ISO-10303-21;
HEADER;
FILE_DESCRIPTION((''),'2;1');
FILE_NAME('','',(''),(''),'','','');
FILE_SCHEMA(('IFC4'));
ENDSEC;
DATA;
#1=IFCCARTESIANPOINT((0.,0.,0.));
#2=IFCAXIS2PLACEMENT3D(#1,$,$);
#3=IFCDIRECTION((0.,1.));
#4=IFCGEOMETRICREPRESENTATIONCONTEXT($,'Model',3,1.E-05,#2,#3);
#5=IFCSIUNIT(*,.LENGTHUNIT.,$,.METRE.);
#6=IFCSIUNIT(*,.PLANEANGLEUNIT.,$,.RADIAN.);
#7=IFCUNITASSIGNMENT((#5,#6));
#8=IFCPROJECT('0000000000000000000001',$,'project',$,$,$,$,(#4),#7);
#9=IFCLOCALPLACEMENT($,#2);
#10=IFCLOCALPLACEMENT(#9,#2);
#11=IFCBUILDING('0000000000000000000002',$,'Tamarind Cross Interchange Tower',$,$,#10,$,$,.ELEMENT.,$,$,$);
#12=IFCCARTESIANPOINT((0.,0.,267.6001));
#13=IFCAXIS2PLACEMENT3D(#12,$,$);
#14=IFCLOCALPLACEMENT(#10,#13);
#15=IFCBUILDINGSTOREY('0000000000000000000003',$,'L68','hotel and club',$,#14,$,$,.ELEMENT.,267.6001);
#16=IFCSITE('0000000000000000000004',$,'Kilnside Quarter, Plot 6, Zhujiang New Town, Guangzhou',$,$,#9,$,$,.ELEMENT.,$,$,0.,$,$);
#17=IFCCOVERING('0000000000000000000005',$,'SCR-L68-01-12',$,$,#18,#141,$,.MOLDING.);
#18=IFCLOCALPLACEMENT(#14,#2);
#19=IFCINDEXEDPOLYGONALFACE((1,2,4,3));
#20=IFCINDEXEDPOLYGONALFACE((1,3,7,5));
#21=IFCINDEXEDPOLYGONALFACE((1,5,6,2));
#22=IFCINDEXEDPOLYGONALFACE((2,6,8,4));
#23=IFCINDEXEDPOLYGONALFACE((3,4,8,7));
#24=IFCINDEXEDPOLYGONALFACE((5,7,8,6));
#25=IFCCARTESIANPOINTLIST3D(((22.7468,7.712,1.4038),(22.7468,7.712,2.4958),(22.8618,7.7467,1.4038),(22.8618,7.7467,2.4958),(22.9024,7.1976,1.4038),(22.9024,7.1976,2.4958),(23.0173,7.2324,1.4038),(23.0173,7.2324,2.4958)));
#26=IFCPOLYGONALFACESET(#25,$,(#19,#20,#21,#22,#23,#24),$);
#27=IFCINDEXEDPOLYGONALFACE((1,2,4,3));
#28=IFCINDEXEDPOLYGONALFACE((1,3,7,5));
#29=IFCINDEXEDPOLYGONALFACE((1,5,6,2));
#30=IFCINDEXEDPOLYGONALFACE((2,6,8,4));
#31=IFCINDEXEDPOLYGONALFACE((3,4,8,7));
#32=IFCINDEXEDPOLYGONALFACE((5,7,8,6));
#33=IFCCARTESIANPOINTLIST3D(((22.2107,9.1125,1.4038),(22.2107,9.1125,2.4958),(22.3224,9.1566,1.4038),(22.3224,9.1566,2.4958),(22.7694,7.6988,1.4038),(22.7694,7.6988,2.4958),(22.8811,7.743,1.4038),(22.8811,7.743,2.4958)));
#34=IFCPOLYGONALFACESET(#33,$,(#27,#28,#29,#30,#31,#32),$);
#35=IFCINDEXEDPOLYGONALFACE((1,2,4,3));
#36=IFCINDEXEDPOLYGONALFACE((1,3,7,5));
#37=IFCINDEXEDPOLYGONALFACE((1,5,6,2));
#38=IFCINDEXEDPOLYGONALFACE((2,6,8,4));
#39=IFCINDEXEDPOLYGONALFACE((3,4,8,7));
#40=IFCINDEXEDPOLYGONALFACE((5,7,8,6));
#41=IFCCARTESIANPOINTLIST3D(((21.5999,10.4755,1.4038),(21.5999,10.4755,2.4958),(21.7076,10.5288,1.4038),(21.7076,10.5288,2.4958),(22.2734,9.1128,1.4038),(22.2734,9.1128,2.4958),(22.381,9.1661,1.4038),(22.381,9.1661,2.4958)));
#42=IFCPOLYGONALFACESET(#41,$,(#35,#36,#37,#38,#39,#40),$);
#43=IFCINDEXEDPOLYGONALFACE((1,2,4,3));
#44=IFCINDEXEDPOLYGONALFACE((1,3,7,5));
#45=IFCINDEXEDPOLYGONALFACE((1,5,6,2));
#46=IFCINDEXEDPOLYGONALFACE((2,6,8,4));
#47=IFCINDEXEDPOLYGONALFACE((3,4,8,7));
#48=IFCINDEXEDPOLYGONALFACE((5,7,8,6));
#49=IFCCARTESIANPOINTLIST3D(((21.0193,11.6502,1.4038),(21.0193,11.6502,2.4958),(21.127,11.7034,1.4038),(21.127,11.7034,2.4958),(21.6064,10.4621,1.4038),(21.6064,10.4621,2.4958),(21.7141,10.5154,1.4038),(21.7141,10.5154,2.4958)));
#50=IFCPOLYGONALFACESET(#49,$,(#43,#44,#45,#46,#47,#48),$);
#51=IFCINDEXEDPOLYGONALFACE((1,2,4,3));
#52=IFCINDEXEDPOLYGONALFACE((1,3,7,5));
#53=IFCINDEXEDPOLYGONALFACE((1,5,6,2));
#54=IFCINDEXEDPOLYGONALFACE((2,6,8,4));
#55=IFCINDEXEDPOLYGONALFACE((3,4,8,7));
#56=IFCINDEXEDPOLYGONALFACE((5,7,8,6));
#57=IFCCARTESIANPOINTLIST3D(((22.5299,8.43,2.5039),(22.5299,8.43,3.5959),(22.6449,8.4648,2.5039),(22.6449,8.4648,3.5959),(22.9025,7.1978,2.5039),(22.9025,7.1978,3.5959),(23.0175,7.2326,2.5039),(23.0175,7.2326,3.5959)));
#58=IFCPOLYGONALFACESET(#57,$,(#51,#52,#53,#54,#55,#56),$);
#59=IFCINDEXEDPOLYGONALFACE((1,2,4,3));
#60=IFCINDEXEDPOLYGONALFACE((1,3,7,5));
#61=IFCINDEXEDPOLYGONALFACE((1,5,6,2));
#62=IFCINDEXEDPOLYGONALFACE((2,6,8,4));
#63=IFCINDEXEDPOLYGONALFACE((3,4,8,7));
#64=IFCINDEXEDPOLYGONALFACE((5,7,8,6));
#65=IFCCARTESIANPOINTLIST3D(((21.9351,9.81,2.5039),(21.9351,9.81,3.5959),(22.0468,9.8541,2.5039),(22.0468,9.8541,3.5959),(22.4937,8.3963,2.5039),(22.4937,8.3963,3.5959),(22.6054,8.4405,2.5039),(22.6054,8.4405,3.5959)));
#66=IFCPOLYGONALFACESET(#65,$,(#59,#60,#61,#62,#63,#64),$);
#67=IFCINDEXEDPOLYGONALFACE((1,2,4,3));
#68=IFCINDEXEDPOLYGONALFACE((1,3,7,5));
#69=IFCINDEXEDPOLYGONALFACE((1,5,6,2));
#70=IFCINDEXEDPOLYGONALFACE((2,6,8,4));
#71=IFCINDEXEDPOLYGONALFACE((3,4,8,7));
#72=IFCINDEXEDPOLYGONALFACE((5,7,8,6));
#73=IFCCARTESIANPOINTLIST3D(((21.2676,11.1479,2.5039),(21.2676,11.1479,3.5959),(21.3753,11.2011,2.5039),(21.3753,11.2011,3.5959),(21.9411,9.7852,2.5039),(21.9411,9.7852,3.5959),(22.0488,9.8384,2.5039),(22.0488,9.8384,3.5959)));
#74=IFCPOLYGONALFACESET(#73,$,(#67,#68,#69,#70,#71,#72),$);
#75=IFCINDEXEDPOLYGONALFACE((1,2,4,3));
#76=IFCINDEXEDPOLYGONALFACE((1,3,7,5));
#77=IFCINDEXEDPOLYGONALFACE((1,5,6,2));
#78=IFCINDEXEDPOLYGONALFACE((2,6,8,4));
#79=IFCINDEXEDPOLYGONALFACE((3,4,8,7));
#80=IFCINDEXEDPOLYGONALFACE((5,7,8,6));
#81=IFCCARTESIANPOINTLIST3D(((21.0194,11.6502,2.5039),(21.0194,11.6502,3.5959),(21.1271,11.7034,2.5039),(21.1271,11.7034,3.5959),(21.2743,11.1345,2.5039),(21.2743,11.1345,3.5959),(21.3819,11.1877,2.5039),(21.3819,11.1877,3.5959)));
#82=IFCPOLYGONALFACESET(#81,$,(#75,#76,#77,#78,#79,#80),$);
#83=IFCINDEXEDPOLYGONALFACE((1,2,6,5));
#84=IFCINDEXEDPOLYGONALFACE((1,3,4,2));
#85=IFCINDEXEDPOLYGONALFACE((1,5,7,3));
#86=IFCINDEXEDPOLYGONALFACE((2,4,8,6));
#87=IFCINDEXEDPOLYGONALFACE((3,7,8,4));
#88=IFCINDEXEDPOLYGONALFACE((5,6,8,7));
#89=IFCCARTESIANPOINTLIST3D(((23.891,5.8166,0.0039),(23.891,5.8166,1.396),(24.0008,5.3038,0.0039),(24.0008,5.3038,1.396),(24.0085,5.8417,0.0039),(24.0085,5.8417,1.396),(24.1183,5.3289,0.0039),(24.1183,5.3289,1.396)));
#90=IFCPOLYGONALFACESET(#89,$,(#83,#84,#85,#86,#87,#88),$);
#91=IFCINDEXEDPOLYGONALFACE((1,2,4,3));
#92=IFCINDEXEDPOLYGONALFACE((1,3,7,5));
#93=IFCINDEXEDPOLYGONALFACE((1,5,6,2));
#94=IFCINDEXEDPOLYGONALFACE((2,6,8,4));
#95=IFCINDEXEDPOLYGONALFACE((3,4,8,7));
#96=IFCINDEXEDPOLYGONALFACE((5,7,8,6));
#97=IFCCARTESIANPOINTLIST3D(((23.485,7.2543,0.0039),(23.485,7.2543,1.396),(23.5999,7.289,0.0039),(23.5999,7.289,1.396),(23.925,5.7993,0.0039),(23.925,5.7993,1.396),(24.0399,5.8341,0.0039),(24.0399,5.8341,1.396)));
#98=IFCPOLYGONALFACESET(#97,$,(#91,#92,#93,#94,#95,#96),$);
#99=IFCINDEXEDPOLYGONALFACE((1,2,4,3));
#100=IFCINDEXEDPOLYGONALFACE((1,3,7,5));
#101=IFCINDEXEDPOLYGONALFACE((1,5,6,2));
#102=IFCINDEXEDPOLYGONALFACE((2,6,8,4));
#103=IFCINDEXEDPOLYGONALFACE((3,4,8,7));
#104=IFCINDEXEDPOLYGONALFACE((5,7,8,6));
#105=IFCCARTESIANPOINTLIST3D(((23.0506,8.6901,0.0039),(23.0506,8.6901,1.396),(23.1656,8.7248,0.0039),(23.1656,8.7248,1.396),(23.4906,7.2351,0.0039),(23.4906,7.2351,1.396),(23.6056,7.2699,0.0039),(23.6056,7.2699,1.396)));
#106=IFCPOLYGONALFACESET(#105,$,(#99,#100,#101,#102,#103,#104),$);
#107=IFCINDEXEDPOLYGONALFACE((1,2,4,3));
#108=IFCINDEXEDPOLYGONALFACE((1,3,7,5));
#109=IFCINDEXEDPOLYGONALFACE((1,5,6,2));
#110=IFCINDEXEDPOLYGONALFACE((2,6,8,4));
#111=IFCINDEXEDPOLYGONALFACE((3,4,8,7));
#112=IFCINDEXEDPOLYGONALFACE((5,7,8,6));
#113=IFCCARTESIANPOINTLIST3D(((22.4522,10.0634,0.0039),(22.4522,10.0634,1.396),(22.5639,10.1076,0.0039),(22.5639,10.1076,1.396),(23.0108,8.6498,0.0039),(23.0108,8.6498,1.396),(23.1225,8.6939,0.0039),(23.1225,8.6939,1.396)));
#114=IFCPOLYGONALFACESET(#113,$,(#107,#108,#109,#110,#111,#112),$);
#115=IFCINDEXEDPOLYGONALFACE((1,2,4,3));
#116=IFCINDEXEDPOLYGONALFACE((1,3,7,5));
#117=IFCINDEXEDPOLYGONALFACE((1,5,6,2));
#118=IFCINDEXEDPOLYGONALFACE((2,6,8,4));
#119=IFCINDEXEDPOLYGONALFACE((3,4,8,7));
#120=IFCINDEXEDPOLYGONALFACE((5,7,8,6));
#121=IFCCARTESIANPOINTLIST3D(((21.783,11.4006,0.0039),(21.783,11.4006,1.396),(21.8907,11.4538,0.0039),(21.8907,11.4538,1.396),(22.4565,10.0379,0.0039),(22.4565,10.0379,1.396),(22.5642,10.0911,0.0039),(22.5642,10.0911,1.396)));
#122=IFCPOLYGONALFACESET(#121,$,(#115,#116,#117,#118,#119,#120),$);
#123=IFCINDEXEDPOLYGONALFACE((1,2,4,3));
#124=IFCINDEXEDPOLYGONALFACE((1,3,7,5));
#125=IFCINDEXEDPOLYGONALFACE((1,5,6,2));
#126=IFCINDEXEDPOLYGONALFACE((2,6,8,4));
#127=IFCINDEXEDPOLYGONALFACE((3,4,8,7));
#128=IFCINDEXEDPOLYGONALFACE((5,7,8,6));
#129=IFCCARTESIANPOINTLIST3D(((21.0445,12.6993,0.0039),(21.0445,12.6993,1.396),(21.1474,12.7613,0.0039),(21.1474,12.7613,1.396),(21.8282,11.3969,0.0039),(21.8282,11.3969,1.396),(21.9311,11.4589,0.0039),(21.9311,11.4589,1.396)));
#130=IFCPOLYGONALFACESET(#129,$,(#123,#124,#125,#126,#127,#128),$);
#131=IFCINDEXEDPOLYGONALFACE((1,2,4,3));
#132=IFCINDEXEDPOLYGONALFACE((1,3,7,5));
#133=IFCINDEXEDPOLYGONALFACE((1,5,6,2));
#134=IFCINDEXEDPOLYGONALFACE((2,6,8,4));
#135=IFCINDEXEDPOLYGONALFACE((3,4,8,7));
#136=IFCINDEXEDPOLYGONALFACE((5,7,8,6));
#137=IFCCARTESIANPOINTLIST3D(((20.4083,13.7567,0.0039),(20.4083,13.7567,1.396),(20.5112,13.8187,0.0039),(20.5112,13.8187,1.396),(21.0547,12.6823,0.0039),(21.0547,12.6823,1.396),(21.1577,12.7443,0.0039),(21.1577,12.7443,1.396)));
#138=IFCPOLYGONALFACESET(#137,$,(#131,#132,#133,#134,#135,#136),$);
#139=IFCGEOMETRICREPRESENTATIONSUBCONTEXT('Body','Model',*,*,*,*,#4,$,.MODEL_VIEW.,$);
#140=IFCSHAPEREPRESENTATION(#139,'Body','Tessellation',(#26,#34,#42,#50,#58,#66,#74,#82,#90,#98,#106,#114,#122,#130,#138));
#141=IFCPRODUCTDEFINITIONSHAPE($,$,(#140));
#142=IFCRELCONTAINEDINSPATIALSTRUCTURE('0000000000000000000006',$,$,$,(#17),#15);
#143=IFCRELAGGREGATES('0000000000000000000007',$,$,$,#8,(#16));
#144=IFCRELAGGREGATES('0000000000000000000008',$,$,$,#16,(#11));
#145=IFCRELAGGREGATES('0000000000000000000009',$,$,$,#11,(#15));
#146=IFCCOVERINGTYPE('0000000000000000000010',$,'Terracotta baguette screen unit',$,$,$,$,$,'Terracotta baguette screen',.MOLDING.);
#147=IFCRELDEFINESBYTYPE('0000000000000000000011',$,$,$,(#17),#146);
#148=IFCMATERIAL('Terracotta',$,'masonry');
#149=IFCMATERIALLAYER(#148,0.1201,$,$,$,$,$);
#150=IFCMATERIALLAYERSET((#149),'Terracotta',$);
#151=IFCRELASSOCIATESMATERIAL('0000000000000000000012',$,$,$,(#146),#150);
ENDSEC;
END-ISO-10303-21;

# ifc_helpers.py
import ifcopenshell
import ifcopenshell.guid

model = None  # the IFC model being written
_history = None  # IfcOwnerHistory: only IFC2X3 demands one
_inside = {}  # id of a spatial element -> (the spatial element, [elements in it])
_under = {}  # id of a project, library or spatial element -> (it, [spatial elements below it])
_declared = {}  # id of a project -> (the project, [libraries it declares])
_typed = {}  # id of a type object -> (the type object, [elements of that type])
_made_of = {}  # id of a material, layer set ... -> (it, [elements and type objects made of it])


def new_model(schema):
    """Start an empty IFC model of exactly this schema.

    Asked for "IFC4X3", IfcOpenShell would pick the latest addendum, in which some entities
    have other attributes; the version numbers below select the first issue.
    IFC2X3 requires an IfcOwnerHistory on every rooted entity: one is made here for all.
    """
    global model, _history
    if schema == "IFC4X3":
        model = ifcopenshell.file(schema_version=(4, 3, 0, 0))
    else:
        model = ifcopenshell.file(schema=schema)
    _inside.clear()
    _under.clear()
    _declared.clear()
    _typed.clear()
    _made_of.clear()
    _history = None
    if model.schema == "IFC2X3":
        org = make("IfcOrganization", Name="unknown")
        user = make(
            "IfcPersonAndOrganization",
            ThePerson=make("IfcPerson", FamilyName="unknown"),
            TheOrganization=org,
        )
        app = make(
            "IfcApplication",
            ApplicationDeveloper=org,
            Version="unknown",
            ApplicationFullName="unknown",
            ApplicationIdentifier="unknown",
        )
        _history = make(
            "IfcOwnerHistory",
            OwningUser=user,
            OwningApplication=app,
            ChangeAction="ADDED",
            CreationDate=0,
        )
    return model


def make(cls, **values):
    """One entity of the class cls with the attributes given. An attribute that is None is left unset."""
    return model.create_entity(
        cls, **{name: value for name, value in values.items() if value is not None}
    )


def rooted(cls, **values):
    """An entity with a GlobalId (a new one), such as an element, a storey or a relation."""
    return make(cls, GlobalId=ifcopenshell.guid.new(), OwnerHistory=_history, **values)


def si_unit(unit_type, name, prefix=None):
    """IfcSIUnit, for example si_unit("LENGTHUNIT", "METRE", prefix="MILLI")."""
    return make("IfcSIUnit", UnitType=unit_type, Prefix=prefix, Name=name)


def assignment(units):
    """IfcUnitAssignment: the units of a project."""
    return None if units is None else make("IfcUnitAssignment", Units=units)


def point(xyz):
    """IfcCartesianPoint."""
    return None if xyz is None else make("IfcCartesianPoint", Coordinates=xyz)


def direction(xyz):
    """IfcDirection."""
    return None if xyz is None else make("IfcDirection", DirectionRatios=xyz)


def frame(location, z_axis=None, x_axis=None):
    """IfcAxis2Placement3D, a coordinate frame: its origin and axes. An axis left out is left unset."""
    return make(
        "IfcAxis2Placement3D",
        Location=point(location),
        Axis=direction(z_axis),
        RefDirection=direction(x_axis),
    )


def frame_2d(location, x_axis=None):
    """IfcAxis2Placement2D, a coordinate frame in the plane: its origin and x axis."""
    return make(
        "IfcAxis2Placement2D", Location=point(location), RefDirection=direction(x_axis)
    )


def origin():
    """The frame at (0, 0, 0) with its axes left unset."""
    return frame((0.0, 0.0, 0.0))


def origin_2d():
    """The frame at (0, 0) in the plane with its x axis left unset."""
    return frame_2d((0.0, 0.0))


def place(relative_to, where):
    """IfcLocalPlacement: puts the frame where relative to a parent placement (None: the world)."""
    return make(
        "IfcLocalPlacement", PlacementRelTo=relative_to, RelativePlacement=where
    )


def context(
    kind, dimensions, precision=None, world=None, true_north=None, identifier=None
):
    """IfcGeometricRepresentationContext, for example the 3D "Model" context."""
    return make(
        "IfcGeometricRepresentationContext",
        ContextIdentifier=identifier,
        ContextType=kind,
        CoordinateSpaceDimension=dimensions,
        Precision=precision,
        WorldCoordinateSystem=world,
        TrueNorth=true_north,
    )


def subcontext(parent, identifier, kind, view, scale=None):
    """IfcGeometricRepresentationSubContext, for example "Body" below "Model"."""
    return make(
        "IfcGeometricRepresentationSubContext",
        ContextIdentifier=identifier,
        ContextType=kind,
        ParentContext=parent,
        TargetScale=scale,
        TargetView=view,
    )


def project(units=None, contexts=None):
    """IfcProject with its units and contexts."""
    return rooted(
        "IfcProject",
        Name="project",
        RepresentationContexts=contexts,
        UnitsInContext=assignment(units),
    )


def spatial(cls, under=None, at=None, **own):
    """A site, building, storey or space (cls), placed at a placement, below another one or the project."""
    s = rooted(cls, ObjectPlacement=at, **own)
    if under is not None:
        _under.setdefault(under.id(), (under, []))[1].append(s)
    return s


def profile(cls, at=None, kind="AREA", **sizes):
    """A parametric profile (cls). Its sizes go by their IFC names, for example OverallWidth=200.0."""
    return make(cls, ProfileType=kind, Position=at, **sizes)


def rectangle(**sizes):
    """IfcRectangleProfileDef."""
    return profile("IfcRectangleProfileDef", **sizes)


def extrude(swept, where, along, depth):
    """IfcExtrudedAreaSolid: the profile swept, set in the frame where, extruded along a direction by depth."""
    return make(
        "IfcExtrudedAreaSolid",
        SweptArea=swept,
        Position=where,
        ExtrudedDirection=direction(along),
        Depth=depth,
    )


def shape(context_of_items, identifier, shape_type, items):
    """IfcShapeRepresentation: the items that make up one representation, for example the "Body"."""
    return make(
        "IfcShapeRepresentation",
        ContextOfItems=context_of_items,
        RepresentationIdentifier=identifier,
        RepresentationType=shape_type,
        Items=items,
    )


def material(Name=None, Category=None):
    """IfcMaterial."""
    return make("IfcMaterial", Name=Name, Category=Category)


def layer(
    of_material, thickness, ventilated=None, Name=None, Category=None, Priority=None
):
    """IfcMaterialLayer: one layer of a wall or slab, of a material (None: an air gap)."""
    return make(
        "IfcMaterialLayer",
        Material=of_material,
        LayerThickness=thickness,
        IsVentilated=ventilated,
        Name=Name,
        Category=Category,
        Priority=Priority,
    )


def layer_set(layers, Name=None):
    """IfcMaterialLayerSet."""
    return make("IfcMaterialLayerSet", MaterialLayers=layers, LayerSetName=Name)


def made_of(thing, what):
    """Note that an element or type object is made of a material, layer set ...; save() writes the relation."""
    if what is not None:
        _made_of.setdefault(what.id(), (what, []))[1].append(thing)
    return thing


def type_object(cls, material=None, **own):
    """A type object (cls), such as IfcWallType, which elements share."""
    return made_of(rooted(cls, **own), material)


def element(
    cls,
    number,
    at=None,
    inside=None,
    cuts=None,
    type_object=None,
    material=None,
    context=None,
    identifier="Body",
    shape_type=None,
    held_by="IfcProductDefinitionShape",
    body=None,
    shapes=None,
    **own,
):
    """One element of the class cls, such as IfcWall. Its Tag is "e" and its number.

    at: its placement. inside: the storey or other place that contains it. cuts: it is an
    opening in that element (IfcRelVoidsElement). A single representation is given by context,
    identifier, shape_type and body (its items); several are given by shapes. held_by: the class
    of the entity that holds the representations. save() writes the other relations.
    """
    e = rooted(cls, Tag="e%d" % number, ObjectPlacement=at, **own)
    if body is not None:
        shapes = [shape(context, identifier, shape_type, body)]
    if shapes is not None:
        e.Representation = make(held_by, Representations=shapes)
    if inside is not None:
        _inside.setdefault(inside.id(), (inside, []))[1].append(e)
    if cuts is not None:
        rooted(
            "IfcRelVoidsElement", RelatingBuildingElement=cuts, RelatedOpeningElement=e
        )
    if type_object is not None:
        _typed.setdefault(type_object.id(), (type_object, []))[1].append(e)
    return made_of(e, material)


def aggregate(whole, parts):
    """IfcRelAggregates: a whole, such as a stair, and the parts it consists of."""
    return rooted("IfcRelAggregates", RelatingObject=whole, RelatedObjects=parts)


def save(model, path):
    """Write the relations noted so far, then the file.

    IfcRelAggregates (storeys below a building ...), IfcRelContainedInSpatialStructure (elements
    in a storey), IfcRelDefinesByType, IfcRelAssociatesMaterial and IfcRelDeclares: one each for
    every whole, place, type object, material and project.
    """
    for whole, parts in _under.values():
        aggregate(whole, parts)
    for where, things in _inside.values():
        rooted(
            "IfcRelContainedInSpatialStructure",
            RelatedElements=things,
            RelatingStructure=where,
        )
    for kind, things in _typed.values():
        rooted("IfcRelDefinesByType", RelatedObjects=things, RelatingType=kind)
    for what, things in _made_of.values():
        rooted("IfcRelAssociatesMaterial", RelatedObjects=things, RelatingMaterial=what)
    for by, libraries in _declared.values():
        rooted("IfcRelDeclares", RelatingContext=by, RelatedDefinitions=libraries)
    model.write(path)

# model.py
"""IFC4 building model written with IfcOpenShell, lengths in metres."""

from ifc_helpers import new_model, si_unit, direction, frame, origin, origin_2d, place, context, subcontext, project, spatial, rectangle, extrude, material, layer, layer_set, type_object, element, save


model = new_model("IFC4")

# Units and contexts
model_context = context("Model", 3, precision=1e-05, world=origin(), true_north=direction((0.0, 1.0)))
body_context = subcontext(model_context, "Body", "Model", "MODEL_VIEW")
ifc_project = project(units=[si_unit("LENGTHUNIT", "METRE"), si_unit("PLANEANGLEUNIT", "RADIAN")], contexts=[model_context])

# Site, building, storey
site_placement = place(None, origin())
site = spatial("IfcSite", under=ifc_project, at=site_placement, Name="Kilnside Quarter, Plot 6, Zhujiang New Town, Guangzhou", CompositionType="ELEMENT", RefElevation=0.0)
building_placement = place(site_placement, origin())
building = spatial("IfcBuilding", under=site, at=building_placement, Name="Tamarind Cross Interchange Tower", CompositionType="ELEMENT")
storey_placement = place(building_placement, frame((0.0, 0.0, 267.6001)))
storey = spatial("IfcBuildingStorey", under=building, at=storey_placement, Name="L68", Description="hotel and club", CompositionType="ELEMENT", Elevation=267.6001)

# Covering
ifc_material_1 = material(Name="Terracotta", Category="masonry")
ifc_layer_1 = layer(ifc_material_1, 0.1201)
ifc_layer_set_1 = layer_set([ifc_layer_1], Name="Terracotta")
covering_type = type_object("IfcCoveringType", Name="Terracotta baguette screen unit", ElementType="Terracotta baguette screen", PredefinedType="MOLDING", material=ifc_layer_set_1)
covering_1_placement = place(storey_placement, origin())
element("IfcCovering", 1, at=covering_1_placement, inside=storey, type_object=covering_type, Name="SCR-L68-01-12", PredefinedType="MOLDING", context=body_context, shape_type="SweptSolid", body=[
    extrude(rectangle(XDim=0.5374, YDim=0.1201, at=origin_2d()), frame((22.8821, 7.4722, 1.4038), z_axis=(0.0, 0.0, 1.0), x_axis=(-0.289458, 0.957191, 0.0)), (0.0, 0.0, 1.0), 1.092),
    extrude(rectangle(XDim=1.52, YDim=0.1201, at=origin_2d()), frame((22.5459, 8.4277, 1.4038), z_axis=(0.0, 0.0, 1.0), x_axis=(-0.367514, 0.930018, 0.0)), (0.0, 0.0, 1.0), 1.092),
    extrude(rectangle(XDim=1.52, YDim=0.1201, at=origin_2d()), frame((21.9905, 9.8208, 1.4038), z_axis=(0.0, 0.0, 1.0), x_axis=(-0.443059, 0.896493, 0.0)), (0.0, 0.0, 1.0), 1.092),
    extrude(rectangle(XDim=1.3252, YDim=0.1201, at=origin_2d()), frame((21.3667, 11.0828, 1.4038), z_axis=(0.0, 0.0, 1.0), x_axis=(-0.443059, 0.896493, 0.0)), (0.0, 0.0, 1.0), 1.092),
    extrude(rectangle(XDim=1.2874, YDim=0.1201, at=origin_2d()), frame((22.7737, 7.8313, 2.5039), z_axis=(0.0, 0.0, 1.0), x_axis=(-0.289458, 0.957191, 0.0)), (0.0, 0.0, 1.0), 1.092),
    extrude(rectangle(XDim=1.52, YDim=0.1201, at=origin_2d()), frame((22.2703, 9.1252, 2.5039), z_axis=(0.0, 0.0, 1.0), x_axis=(-0.367514, 0.930018, 0.0)), (0.0, 0.0, 1.0), 1.092),
    extrude(rectangle(XDim=1.52, YDim=0.1201, at=origin_2d()), frame((21.6582, 10.4932, 2.5039), z_axis=(0.0, 0.0, 1.0), x_axis=(-0.443059, 0.896493, 0.0)), (0.0, 0.0, 1.0), 1.092),
    extrude(rectangle(XDim=0.5752, YDim=0.1201, at=origin_2d()), frame((21.2007, 11.4189, 2.5039), z_axis=(0.0, 0.0, 1.0), x_axis=(-0.443059, 0.896493, 0.0)), (0.0, 0.0, 1.0), 1.092),
    extrude(rectangle(XDim=0.5244, YDim=0.1201, at=origin_2d()), frame((24.0046, 5.5728, 0.0039), z_axis=(0.0, 0.0, 1.0), x_axis=(-0.209425, 0.977825, 0.0)), (0.0, 0.0, 1.0), 1.3921),
    extrude(rectangle(XDim=1.52, YDim=0.1201, at=origin_2d()), frame((23.7625, 6.5442, 0.0039), z_axis=(0.0, 0.0, 1.0), x_axis=(-0.289458, 0.957191, 0.0)), (0.0, 0.0, 1.0), 1.3921),
    extrude(rectangle(XDim=1.52, YDim=0.1201, at=origin_2d()), frame((23.3281, 7.98, 0.0039), z_axis=(0.0, 0.0, 1.0), x_axis=(-0.289458, 0.957191, 0.0)), (0.0, 0.0, 1.0), 1.3921),
    extrude(rectangle(XDim=1.52, YDim=0.1201, at=origin_2d()), frame((22.7874, 9.3787, 0.0039), z_axis=(0.0, 0.0, 1.0), x_axis=(-0.367514, 0.930018, 0.0)), (0.0, 0.0, 1.0), 1.3921),
    extrude(rectangle(XDim=1.52, YDim=0.1201, at=origin_2d()), frame((22.1736, 10.7458, 0.0039), z_axis=(0.0, 0.0, 1.0), x_axis=(-0.443059, 0.896493, 0.0)), (0.0, 0.0, 1.0), 1.3921),
    extrude(rectangle(XDim=1.52, YDim=0.1201, at=origin_2d()), frame((21.4878, 12.0791, 0.0039), z_axis=(0.0, 0.0, 1.0), x_axis=(-0.515577, 0.856843, 0.0)), (0.0, 0.0, 1.0), 1.3921),
    extrude(rectangle(XDim=1.2539, YDim=0.1201, at=origin_2d()), frame((20.783, 13.2505, 0.0039), z_axis=(0.0, 0.0, 1.0), x_axis=(-0.515577, 0.856843, 0.0)), (0.0, 0.0, 1.0), 1.3921),
])

save(model, "model.ifc")
